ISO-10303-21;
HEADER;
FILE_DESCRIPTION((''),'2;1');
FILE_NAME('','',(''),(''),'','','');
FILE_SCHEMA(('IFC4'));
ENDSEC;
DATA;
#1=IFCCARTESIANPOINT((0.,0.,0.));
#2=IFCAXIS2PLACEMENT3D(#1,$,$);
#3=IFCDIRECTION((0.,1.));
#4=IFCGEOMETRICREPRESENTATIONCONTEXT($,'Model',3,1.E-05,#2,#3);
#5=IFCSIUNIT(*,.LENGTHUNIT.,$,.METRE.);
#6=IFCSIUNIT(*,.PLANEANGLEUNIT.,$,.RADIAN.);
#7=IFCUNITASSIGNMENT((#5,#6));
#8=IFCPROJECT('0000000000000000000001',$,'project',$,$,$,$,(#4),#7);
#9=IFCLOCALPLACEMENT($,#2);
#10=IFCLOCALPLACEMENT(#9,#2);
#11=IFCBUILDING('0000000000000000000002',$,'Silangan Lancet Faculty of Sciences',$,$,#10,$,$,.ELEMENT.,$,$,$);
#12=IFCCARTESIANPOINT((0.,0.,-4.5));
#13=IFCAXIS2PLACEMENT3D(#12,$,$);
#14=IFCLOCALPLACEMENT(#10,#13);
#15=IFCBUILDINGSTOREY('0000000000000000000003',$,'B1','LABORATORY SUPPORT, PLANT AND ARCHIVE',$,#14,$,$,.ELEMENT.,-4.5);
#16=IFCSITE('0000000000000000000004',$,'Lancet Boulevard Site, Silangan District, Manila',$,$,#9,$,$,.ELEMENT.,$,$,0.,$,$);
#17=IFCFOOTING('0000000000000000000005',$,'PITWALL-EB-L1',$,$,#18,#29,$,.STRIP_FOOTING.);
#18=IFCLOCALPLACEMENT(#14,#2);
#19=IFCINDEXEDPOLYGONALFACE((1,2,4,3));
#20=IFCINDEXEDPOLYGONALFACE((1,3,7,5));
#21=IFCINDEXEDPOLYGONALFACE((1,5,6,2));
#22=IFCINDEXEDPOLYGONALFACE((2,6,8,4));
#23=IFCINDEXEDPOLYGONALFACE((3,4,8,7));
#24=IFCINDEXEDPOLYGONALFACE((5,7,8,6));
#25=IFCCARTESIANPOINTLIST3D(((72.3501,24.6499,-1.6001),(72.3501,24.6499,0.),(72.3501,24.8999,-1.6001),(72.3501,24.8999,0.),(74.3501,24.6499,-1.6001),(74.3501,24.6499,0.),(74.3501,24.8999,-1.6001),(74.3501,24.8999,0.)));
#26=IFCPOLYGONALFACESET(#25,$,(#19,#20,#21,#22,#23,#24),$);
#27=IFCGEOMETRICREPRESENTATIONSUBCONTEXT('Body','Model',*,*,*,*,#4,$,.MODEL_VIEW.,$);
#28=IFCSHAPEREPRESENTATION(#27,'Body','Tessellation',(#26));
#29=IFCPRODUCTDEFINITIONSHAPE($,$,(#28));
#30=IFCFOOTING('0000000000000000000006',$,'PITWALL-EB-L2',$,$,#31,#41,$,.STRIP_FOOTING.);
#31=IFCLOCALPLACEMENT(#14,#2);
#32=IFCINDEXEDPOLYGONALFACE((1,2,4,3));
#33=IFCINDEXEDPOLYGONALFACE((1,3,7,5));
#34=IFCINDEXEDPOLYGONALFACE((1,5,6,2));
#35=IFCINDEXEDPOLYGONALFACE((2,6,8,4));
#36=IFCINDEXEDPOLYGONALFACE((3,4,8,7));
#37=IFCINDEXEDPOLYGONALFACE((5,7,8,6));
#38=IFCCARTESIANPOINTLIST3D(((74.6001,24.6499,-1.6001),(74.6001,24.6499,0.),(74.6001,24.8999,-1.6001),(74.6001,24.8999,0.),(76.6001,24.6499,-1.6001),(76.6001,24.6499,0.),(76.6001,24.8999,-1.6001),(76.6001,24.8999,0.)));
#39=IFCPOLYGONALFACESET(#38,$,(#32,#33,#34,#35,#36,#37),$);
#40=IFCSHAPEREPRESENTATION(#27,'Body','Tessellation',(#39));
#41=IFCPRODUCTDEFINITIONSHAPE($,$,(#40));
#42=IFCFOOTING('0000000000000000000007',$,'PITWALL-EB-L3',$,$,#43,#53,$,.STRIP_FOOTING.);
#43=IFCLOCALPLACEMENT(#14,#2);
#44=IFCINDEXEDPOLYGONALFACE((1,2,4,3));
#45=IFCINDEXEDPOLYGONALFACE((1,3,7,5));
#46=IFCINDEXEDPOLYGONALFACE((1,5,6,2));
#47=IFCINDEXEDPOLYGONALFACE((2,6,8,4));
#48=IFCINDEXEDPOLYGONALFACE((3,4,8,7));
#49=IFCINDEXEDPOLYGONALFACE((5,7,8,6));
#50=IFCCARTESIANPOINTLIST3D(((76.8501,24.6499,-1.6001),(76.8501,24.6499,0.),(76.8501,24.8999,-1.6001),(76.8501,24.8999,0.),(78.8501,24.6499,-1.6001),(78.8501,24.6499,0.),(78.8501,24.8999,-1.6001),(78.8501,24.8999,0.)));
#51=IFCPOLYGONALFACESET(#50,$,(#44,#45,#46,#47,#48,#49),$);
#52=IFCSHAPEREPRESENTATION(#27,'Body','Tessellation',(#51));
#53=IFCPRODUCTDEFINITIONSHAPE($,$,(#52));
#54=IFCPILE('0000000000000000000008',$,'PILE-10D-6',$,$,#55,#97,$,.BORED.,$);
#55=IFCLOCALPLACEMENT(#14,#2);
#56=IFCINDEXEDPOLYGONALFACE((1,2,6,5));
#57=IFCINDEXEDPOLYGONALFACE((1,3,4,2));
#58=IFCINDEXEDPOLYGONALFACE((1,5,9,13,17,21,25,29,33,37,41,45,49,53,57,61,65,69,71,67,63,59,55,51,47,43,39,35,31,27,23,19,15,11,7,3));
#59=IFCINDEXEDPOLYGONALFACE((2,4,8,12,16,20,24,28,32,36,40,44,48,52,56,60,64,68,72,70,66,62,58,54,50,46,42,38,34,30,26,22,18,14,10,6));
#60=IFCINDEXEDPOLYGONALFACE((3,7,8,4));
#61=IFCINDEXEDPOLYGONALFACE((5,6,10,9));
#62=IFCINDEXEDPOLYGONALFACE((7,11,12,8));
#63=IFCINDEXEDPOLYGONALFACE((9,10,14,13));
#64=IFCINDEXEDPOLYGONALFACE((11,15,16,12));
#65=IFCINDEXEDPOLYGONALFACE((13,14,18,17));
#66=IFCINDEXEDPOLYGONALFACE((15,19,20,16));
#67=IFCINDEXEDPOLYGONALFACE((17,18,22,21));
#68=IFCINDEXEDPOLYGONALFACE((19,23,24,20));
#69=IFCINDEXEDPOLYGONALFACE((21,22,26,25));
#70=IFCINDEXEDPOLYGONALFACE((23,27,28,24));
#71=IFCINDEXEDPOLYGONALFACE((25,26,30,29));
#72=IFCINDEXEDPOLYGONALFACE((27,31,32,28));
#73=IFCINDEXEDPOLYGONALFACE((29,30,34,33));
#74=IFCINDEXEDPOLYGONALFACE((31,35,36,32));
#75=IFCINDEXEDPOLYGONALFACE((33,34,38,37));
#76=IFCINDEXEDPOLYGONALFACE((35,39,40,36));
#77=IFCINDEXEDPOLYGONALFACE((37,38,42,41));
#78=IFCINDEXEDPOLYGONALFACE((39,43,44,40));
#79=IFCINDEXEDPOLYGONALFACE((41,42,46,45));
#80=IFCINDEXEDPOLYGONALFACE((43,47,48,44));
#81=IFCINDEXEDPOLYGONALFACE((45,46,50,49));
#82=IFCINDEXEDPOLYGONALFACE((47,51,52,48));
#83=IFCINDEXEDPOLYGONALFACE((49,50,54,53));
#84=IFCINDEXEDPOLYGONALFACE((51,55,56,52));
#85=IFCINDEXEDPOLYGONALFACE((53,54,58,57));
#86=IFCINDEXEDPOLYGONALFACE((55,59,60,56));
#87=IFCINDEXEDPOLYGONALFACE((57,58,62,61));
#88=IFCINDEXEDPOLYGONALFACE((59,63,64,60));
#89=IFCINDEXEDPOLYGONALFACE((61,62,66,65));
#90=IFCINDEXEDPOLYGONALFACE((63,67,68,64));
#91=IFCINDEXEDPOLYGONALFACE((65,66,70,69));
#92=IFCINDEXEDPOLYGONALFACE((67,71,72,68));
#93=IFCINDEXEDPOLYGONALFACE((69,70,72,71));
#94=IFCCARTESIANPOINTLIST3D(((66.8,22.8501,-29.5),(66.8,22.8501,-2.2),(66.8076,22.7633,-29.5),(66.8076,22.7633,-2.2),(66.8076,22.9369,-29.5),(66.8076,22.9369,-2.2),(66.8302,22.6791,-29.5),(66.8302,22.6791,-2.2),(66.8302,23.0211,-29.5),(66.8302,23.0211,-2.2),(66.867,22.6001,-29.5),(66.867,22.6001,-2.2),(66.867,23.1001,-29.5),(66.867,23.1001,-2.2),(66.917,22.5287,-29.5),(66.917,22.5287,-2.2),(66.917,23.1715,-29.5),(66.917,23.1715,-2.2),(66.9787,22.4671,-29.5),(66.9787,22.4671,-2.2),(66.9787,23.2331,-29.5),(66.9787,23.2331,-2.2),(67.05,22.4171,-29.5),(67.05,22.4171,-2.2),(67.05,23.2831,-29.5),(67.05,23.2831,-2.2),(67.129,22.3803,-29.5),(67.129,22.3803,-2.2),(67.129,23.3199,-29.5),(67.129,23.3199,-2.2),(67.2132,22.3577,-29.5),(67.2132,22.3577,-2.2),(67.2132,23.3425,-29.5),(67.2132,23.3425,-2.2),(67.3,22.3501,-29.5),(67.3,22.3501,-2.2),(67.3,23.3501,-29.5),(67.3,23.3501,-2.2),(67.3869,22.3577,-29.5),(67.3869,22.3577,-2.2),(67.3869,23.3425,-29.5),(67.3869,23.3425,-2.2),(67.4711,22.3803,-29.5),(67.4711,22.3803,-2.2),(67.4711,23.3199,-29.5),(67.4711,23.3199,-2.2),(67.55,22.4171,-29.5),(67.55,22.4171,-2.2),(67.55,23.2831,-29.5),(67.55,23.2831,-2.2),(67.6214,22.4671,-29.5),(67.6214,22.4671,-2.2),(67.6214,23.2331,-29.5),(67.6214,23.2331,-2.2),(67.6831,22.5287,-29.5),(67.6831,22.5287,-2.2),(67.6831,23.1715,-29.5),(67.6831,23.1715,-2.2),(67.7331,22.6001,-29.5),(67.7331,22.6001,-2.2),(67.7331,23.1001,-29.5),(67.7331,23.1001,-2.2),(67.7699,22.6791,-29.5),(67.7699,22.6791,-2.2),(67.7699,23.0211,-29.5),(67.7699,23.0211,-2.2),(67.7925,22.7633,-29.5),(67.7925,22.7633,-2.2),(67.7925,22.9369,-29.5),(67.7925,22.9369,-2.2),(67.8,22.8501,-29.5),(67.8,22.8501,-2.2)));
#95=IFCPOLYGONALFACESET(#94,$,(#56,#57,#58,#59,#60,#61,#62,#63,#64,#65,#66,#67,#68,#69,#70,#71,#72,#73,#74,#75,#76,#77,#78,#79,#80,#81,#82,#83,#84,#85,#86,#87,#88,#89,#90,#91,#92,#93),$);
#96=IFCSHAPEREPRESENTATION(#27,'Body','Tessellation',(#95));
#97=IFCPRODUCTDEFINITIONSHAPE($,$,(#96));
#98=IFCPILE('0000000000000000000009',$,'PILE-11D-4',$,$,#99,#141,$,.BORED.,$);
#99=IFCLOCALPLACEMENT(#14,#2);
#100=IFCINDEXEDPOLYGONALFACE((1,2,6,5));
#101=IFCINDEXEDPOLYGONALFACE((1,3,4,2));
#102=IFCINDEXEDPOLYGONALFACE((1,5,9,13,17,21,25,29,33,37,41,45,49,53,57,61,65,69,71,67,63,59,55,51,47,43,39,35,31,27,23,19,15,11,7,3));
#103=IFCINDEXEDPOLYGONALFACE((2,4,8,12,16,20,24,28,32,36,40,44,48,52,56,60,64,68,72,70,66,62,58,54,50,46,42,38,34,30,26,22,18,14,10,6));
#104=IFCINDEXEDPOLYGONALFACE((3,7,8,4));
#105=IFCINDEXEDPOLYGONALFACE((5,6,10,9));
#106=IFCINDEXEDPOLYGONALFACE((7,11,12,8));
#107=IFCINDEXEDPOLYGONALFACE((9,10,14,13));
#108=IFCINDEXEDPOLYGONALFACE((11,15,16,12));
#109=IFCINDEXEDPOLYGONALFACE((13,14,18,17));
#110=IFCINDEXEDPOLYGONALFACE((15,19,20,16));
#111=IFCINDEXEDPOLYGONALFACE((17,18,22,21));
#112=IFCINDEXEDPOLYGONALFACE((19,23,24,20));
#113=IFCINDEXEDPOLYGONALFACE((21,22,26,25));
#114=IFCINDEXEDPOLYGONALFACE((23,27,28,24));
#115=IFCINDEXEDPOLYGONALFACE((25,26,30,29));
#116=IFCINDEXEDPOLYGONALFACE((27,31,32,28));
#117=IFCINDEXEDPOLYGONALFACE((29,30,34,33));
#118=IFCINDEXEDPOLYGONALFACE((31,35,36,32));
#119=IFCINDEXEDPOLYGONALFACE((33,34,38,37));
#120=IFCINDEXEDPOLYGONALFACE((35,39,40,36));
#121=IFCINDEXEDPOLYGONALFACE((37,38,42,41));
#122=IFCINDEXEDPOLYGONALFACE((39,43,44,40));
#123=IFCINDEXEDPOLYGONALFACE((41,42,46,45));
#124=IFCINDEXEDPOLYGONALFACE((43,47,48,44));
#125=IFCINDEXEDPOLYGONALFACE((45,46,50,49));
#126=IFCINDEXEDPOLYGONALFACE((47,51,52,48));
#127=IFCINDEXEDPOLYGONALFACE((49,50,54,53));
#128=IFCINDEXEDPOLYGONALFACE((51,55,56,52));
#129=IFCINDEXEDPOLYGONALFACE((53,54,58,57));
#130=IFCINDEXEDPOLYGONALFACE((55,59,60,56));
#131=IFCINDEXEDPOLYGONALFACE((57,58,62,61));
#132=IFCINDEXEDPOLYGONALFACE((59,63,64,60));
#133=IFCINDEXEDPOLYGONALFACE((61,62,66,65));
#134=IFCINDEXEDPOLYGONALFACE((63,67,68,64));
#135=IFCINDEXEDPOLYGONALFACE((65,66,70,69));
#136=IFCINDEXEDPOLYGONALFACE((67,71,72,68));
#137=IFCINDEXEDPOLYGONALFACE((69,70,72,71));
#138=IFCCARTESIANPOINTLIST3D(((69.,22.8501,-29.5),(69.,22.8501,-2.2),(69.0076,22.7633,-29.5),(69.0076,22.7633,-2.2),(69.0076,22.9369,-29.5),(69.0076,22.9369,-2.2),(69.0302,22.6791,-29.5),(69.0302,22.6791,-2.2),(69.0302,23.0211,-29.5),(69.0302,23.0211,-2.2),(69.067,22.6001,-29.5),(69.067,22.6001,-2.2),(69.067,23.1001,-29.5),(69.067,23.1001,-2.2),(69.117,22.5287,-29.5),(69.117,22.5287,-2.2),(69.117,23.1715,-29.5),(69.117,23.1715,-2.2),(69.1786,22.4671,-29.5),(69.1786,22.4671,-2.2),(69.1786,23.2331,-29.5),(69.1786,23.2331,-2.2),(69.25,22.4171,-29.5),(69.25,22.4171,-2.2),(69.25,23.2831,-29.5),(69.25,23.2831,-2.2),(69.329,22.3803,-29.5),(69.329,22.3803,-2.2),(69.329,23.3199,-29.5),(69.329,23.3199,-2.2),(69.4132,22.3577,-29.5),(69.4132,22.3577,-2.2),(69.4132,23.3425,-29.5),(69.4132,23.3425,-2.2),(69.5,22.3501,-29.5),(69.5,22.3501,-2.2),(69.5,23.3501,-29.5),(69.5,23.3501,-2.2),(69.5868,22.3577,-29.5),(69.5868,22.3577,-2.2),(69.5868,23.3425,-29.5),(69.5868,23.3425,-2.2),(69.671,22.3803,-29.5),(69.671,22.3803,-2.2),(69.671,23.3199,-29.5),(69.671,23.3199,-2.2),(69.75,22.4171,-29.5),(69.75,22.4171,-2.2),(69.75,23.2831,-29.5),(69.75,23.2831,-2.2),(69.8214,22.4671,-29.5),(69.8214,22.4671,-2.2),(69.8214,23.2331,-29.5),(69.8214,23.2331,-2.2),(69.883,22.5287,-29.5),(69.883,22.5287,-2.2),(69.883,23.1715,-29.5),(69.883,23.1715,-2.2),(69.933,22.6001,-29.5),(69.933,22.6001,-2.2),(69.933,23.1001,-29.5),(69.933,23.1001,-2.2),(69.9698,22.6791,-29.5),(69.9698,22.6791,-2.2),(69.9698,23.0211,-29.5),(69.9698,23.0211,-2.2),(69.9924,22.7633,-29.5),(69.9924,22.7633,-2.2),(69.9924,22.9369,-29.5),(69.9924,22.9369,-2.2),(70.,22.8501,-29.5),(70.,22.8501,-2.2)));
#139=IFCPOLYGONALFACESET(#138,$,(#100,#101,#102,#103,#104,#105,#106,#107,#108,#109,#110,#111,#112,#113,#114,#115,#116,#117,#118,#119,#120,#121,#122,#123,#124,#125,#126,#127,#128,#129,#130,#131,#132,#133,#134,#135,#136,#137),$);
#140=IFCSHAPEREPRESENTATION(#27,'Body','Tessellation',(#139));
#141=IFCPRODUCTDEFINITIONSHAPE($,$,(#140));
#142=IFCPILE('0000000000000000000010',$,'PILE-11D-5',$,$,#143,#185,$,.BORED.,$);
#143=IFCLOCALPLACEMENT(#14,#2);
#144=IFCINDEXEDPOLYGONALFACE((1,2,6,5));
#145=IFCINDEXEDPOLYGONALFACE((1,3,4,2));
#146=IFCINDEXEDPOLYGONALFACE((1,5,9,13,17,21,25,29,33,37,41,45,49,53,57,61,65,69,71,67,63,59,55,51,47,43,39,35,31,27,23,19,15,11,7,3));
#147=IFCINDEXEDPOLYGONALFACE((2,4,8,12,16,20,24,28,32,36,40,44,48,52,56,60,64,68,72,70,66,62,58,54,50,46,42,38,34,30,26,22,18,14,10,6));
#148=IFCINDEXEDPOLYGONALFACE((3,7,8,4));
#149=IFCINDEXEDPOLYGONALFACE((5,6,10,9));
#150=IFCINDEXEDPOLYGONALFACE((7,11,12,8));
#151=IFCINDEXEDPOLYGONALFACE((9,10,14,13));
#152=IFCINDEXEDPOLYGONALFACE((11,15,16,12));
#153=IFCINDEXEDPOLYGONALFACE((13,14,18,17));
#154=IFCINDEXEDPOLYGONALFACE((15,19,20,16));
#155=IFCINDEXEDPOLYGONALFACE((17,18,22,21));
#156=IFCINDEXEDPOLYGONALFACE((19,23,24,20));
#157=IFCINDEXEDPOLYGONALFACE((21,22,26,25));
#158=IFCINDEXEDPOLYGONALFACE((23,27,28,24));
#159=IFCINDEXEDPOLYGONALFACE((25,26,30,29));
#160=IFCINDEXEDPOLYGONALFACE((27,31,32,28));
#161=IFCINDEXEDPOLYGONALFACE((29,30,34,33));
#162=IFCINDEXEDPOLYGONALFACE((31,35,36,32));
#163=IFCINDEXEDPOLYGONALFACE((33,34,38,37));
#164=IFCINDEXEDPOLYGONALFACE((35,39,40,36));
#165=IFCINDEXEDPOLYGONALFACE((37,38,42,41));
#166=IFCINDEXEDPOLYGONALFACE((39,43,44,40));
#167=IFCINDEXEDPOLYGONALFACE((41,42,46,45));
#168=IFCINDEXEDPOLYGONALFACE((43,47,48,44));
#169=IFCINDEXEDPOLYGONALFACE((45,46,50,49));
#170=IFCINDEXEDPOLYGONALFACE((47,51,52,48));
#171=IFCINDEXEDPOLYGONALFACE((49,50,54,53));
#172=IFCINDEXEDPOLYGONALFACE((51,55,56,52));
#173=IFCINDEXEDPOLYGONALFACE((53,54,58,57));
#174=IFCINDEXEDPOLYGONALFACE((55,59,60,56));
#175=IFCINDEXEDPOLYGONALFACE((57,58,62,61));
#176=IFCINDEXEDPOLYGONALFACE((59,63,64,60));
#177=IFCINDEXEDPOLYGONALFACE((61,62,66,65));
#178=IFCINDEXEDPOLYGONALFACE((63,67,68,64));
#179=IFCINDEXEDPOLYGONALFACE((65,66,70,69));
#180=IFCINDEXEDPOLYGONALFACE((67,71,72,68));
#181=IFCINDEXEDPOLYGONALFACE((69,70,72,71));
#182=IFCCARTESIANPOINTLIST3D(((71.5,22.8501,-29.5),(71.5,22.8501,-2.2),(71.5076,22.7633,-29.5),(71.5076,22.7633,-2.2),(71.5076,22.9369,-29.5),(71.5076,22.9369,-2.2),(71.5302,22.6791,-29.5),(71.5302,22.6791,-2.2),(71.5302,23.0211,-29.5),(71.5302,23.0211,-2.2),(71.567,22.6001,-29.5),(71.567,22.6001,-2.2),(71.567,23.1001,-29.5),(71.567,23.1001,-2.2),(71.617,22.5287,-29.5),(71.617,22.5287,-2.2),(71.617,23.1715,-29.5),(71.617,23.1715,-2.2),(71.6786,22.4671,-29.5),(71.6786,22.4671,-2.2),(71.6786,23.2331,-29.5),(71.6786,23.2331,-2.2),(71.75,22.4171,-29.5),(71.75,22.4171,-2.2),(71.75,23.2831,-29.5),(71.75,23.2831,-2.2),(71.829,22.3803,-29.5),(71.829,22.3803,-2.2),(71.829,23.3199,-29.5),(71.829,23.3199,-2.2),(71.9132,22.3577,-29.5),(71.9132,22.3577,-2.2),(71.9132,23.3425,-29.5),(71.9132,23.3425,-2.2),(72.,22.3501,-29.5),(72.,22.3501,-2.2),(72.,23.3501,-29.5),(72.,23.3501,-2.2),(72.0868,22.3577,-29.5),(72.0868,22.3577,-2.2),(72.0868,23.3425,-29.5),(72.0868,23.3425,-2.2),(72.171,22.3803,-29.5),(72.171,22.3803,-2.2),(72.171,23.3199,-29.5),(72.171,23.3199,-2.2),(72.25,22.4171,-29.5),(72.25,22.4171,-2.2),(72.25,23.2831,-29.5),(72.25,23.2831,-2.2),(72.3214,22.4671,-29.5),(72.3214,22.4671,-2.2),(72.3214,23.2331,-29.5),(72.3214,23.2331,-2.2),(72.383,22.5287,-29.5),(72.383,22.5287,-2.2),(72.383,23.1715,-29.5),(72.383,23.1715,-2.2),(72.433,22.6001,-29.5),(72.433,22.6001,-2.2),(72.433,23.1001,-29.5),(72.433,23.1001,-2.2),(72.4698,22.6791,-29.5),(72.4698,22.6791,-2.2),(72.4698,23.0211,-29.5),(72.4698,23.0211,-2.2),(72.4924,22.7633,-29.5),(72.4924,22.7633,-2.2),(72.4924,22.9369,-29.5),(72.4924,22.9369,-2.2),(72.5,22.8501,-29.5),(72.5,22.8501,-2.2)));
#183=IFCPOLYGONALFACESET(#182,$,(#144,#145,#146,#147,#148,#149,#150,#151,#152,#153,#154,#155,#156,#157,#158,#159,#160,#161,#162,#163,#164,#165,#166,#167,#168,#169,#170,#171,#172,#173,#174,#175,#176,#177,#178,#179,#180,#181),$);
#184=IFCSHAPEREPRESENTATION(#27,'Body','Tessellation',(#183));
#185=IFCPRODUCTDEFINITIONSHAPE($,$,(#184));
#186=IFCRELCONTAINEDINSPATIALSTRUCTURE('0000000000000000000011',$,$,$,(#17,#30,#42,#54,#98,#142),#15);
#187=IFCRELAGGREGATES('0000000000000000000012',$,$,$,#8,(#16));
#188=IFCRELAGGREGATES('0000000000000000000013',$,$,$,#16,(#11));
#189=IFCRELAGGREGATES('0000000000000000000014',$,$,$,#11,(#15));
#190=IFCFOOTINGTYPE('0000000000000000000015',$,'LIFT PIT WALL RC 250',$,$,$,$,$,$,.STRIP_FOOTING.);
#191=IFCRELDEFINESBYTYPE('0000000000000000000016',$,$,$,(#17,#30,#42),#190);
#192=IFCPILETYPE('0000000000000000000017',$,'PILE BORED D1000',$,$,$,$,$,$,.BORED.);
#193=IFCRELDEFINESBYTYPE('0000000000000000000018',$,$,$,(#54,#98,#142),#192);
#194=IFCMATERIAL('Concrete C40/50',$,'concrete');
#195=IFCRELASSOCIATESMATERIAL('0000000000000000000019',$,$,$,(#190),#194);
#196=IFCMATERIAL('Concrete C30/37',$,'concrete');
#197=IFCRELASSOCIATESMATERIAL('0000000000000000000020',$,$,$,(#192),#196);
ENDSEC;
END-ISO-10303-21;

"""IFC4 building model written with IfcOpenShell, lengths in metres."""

from ifc_helpers import new_model, si_unit, direction, frame, origin, origin_2d, place, context, subcontext, project, spatial, rectangle, circle, extrude, material, material_profile, profile_set, type_object, element, save


model = new_model("IFC4")

# Units and contexts
model_context = context("Model", 3, precision=1e-05, world=origin(), true_north=direction((0.0, 1.0)))
body_context = subcontext(model_context, "Body", "Model", "MODEL_VIEW")
ifc_project = project(units=[si_unit("LENGTHUNIT", "METRE"), si_unit("PLANEANGLEUNIT", "RADIAN")], contexts=[model_context])

# Site, building, storey
site_placement = place(None, origin())
site = spatial("IfcSite", under=ifc_project, at=site_placement, Name="Lancet Boulevard Site, Silangan District, Manila", CompositionType="ELEMENT", RefElevation=0.0)
building_placement = place(site_placement, origin())
building = spatial("IfcBuilding", under=site, at=building_placement, Name="Silangan Lancet Faculty of Sciences", CompositionType="ELEMENT")
storey_placement = place(building_placement, frame((0.0, 0.0, -4.5)))
storey = spatial("IfcBuildingStorey", under=building, at=storey_placement, Name="B1", Description="LABORATORY SUPPORT, PLANT AND ARCHIVE", CompositionType="ELEMENT", Elevation=-4.5)

# Footings
ifc_material_1 = material(Name="Concrete C40/50", Category="concrete")
footing_type_1 = type_object("IfcFootingType", Name="LIFT PIT WALL RC 250", PredefinedType="STRIP_FOOTING", material=ifc_material_1)
for number, where, z_axis, x_axis, name in (
    (1, (73.3501, 24.7749, -1.6001), (0.0, 0.0, 1.0), (1.0, 0.0, 0.0), "PITWALL-EB-L1"),
    (2, (75.6001, 24.7749, -1.6001), (0.0, 0.0, 1.0), (1.0, 0.0, 0.0), "PITWALL-EB-L2"),
    (3, (77.8501, 24.7749, -1.6001), (0.0, 0.0, 1.0), (1.0, 0.0, 0.0), "PITWALL-EB-L3"),
):
    element("IfcFooting", number, at=place(storey_placement, frame(where, z_axis=z_axis, x_axis=x_axis)), inside=storey, type_object=footing_type_1, Name=name, PredefinedType="STRIP_FOOTING", context=body_context, shape_type="SweptSolid", body=[
        extrude(rectangle(XDim=2.0, YDim=0.25, at=origin_2d()), origin(), (0.0, 0.0, 1.0), 1.6001),
    ])

# Piles
ifc_material_2 = material(Name="Concrete C30/37", Category="concrete")
ifc_material_profile_1 = material_profile(ifc_material_2, circle(Radius=0.5, at=origin_2d()), Name="BORED PILE D1000")
ifc_profile_set_1 = profile_set([ifc_material_profile_1], Name="Concrete C30/37")
pile_type_1 = type_object("IfcPileType", Name="PILE BORED D1000", PredefinedType="BORED", material=ifc_profile_set_1)
for number, where, z_axis, x_axis, name in (
    (4, (67.3, 22.8501, -2.2), (0.0, 0.0, -1.0), (1.0, 0.0, 0.0), "PILE-10D-6"),
    (5, (69.5, 22.8501, -2.2), (0.0, 0.0, -1.0), (1.0, 0.0, 0.0), "PILE-11D-4"),
    (6, (72.0, 22.8501, -2.2), (0.0, 0.0, -1.0), (1.0, 0.0, 0.0), "PILE-11D-5"),
):
    element("IfcPile", number, at=place(storey_placement, frame(where, z_axis=z_axis, x_axis=x_axis)), inside=storey, type_object=pile_type_1, Name=name, PredefinedType="BORED", context=body_context, shape_type="SweptSolid", body=[
        extrude(circle(Radius=0.5, at=origin_2d()), origin(), (0.0, 0.0, 1.0), 27.3),
    ])

save(model, "model.ifc")
